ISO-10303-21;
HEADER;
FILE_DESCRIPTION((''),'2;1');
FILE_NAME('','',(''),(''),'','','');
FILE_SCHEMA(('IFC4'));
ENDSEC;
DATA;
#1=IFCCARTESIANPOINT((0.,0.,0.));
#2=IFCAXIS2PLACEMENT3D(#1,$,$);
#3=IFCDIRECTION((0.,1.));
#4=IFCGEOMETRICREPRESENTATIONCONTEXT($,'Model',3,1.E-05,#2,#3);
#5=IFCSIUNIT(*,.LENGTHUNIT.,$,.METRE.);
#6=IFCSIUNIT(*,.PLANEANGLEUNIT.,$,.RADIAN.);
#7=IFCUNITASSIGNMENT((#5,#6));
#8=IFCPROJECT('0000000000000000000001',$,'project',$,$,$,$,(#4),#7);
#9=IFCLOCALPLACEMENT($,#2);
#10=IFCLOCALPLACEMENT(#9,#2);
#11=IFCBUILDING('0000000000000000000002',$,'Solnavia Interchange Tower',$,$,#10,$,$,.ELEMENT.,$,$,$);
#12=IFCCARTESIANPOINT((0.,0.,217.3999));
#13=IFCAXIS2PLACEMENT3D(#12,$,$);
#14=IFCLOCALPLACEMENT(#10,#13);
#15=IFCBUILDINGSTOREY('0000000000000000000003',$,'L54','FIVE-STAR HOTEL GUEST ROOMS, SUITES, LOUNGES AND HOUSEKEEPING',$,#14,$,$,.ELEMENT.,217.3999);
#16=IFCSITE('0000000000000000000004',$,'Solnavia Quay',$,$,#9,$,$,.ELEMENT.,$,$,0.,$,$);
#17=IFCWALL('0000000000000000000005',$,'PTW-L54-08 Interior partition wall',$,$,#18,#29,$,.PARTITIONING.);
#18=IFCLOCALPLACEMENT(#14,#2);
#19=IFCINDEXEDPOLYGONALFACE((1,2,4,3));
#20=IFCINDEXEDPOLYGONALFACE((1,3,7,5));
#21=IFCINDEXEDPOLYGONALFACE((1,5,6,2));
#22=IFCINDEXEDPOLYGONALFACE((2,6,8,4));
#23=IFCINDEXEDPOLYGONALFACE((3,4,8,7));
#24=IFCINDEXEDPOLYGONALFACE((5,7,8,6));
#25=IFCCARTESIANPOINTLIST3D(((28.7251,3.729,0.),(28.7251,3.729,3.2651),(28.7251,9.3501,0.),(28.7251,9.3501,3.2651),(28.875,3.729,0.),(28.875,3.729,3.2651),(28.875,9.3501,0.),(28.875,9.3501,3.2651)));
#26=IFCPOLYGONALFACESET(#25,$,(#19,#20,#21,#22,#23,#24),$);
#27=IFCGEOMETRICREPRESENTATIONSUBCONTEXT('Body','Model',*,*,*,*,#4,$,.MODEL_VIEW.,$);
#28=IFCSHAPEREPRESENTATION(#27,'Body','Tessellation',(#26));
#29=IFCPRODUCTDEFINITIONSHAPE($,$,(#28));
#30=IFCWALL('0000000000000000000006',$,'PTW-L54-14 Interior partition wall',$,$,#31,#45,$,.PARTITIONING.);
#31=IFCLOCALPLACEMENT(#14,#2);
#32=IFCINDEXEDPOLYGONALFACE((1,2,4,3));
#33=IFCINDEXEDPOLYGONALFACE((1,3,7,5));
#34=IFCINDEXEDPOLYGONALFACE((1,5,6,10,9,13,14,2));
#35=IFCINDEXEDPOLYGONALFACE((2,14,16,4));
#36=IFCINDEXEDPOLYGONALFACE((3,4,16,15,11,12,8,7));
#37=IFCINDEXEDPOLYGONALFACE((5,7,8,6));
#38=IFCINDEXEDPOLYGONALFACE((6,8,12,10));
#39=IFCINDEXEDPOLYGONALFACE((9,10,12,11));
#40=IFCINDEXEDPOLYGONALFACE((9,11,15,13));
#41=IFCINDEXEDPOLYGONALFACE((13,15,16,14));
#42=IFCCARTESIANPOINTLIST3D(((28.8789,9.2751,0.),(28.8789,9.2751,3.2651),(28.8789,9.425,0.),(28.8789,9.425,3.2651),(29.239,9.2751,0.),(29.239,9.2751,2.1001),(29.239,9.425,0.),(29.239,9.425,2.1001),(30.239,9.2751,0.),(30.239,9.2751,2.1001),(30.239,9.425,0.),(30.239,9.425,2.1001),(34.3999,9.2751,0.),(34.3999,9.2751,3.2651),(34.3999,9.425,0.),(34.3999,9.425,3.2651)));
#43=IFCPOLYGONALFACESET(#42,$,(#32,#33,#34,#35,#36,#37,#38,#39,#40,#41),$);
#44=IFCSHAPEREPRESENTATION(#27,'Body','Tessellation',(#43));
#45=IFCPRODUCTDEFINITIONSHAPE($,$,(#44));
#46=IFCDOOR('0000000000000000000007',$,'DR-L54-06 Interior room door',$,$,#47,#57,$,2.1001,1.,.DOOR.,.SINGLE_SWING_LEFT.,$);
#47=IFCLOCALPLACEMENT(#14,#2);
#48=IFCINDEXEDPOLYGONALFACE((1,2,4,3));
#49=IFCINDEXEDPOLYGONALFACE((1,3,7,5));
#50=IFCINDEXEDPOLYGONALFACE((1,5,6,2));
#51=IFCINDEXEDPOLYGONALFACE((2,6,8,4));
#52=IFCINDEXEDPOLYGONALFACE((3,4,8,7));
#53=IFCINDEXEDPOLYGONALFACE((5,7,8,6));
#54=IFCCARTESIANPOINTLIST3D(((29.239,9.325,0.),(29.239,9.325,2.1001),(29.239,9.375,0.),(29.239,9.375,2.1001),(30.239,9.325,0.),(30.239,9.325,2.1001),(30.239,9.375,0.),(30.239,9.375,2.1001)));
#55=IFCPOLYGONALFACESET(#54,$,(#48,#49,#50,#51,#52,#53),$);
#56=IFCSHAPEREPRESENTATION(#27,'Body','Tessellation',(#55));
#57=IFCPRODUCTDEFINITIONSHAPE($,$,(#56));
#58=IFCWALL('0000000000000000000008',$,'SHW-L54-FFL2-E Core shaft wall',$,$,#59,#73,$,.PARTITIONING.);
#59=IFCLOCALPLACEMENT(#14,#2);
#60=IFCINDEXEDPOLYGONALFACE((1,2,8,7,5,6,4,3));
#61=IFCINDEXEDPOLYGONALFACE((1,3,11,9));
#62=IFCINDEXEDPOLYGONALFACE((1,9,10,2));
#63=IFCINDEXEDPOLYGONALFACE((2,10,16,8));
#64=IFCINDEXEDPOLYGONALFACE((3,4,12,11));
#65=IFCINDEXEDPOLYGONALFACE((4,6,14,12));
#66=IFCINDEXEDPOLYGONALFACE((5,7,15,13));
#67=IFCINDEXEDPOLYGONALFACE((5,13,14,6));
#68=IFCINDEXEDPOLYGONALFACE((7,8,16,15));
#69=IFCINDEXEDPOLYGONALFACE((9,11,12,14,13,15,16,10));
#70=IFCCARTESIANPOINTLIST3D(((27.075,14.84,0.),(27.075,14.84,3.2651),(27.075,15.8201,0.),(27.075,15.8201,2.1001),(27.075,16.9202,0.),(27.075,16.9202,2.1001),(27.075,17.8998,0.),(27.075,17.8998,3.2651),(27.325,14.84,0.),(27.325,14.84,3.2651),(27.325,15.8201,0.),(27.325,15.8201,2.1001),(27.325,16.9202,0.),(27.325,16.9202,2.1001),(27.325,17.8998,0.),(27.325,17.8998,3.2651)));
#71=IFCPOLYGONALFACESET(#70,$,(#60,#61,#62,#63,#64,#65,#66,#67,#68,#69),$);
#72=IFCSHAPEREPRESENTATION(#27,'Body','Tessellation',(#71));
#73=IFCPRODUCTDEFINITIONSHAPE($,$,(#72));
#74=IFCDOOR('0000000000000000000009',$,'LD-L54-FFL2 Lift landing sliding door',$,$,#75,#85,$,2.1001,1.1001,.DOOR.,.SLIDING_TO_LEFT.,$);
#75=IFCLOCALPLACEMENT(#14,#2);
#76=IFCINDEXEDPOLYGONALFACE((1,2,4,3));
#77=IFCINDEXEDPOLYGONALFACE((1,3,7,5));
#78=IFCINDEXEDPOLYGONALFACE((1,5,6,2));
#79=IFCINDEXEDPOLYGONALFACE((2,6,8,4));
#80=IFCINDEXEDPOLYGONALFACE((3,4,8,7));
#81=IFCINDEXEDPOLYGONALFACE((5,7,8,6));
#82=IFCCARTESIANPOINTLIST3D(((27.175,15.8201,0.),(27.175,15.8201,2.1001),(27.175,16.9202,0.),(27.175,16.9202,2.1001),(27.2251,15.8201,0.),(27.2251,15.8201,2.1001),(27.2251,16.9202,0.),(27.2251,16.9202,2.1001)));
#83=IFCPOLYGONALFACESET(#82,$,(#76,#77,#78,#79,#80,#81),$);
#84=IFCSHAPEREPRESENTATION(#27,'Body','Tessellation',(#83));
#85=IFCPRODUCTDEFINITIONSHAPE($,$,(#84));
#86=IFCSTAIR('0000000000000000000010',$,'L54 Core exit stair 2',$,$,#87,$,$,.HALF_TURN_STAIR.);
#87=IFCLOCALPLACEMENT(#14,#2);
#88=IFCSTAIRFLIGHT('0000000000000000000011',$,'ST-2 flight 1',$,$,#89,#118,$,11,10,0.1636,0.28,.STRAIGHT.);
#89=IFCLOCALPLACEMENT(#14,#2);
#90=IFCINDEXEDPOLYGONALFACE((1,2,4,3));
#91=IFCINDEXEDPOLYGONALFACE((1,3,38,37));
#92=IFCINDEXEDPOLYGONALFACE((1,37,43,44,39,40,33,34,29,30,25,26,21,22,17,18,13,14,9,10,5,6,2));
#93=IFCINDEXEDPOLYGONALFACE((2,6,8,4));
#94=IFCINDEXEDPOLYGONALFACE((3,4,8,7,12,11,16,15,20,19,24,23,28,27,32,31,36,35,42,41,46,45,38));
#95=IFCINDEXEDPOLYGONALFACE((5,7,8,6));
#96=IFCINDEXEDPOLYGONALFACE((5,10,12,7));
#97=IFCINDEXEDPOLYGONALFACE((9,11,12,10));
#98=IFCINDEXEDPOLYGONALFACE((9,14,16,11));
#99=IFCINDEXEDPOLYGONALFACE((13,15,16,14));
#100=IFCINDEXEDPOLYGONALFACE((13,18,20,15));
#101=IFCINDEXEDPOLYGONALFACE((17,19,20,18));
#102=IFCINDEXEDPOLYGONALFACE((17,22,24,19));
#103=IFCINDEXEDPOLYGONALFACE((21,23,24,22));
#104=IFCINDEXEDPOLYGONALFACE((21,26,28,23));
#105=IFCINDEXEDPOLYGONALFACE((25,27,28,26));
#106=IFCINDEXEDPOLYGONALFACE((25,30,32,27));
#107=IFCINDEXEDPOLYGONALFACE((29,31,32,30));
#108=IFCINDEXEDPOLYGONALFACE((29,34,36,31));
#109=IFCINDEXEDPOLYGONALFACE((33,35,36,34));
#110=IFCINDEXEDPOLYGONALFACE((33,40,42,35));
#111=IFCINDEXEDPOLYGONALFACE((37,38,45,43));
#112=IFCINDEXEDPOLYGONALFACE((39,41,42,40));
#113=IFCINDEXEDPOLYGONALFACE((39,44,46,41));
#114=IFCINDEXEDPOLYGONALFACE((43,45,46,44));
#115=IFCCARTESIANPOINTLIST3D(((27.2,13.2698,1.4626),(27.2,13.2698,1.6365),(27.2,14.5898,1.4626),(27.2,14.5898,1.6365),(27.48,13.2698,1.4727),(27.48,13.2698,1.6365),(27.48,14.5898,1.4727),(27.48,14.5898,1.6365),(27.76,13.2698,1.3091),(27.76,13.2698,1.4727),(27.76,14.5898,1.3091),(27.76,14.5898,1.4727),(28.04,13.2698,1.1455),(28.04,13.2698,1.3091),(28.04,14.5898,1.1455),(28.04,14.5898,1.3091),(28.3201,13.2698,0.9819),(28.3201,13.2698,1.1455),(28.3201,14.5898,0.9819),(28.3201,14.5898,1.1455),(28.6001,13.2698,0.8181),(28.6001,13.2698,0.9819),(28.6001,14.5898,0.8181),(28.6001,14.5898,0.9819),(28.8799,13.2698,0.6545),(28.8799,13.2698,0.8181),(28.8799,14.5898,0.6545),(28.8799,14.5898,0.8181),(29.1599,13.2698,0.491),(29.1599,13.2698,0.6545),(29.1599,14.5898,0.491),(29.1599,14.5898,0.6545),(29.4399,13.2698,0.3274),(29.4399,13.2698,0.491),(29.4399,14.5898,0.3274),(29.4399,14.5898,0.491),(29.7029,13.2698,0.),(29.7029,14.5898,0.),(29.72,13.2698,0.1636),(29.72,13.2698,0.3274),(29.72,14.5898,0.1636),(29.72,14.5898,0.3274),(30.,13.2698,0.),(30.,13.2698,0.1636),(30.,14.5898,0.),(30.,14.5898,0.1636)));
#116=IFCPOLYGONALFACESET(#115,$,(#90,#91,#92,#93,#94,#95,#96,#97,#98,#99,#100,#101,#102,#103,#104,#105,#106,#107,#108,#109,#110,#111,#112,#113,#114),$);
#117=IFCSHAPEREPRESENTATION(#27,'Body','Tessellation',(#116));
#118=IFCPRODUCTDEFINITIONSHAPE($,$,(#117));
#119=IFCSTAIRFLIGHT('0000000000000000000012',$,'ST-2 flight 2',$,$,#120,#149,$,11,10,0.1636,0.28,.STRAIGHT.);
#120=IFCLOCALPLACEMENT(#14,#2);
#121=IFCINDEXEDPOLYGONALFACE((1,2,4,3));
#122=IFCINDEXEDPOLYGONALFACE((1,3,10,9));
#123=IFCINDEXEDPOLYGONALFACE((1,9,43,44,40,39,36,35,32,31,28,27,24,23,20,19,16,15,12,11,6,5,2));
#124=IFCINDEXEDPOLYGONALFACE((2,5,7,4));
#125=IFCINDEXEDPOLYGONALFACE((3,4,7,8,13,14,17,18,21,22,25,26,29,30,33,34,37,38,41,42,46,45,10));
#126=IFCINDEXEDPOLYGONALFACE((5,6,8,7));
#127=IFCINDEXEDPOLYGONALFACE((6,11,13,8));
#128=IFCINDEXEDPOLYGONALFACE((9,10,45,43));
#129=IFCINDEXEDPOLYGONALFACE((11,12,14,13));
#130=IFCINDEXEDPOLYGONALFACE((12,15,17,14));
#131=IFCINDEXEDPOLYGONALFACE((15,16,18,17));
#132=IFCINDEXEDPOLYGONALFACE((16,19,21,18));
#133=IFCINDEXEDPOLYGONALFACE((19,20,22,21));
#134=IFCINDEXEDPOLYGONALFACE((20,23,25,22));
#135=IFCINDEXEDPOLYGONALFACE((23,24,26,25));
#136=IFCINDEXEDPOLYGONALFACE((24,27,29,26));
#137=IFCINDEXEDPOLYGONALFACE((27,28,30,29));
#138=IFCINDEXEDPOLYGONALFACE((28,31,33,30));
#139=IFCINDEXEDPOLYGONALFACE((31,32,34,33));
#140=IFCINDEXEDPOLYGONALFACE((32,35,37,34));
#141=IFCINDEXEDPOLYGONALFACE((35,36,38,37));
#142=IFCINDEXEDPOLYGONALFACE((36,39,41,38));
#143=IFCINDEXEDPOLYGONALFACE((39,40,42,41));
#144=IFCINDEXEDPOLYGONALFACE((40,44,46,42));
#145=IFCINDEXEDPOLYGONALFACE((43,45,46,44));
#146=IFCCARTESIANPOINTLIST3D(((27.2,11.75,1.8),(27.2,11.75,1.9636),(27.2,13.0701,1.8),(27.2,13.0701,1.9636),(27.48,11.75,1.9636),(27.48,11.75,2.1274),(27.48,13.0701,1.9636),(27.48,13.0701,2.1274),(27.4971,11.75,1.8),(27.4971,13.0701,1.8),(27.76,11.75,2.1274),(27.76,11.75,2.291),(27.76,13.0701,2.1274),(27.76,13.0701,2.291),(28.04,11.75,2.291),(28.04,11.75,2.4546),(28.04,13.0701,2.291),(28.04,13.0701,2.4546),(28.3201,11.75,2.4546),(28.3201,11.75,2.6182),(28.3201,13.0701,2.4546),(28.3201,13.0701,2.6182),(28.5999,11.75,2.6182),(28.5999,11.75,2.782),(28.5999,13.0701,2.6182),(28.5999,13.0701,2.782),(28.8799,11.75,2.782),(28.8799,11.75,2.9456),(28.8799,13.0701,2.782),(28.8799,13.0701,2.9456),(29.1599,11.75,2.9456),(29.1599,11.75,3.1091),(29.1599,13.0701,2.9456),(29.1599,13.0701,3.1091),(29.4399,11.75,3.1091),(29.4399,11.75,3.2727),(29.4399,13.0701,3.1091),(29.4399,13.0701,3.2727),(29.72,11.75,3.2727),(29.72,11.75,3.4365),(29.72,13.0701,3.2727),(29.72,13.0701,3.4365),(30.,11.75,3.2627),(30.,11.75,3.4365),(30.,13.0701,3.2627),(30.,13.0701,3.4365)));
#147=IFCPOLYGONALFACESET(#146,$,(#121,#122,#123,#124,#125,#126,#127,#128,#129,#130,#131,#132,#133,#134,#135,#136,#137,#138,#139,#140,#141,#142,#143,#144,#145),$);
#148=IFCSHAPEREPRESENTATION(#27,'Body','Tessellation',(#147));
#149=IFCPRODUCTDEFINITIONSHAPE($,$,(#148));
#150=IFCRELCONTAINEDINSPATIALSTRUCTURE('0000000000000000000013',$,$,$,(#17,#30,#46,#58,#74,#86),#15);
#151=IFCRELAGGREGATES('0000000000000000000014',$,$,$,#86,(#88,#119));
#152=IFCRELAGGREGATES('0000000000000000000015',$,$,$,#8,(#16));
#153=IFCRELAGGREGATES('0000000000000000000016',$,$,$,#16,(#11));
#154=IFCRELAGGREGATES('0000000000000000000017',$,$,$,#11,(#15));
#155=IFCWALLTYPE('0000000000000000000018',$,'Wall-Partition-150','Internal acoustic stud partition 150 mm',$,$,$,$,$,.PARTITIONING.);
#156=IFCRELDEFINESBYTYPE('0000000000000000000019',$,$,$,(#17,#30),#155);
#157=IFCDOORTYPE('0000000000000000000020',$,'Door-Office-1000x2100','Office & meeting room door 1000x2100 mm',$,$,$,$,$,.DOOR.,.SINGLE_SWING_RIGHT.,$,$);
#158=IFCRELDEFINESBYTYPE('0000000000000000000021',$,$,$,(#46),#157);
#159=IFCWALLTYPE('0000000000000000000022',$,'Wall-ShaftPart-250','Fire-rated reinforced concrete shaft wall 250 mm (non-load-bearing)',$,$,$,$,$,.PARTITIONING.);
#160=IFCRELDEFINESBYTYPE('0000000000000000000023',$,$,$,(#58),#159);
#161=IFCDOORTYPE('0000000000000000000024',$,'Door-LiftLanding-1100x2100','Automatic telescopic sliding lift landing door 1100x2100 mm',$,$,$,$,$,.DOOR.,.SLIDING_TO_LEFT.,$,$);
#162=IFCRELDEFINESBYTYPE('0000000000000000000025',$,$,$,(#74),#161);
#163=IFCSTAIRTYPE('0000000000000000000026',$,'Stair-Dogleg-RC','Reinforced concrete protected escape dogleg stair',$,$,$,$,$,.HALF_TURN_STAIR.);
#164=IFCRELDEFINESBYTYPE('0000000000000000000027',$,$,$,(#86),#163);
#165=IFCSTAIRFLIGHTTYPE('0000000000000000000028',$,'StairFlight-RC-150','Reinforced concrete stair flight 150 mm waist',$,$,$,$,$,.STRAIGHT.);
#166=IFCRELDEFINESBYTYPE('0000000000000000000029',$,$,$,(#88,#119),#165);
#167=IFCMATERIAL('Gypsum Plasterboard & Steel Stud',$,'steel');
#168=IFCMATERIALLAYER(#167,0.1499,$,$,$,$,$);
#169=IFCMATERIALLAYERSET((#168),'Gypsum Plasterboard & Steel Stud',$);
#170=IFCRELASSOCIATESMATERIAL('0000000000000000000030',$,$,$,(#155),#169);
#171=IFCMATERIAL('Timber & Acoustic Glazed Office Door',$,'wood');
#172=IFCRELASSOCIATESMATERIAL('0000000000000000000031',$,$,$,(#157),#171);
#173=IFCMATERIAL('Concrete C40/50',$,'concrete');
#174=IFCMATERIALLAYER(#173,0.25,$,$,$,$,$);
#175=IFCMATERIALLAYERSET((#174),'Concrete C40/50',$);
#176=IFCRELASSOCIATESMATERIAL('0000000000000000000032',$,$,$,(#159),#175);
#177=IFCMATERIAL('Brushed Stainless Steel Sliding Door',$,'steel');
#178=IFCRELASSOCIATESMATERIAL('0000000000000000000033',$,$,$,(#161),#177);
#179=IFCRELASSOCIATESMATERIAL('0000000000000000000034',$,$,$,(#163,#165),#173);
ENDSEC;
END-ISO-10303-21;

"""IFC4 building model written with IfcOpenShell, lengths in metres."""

from ifc_helpers import new_model, si_unit, direction, frame, frame_2d, origin, place, context, subcontext, project, spatial, polyline, rectangle, outline, extrude, material, layer, layer_set, type_object, element, fill, aggregate, save


model = new_model("IFC4")

# Units and contexts
model_context = context("Model", 3, precision=1e-05, world=origin(), true_north=direction((0.0, 1.0)))
body_context = subcontext(model_context, "Body", "Model", "MODEL_VIEW")
ifc_project = project(units=[si_unit("LENGTHUNIT", "METRE"), si_unit("PLANEANGLEUNIT", "RADIAN")], contexts=[model_context])

# Site, building, storey
site_placement = place(None, origin())
site = spatial("IfcSite", under=ifc_project, at=site_placement, Name="Solnavia Quay", CompositionType="ELEMENT", RefElevation=0.0)
building_placement = place(site_placement, origin())
building = spatial("IfcBuilding", under=site, at=building_placement, Name="Solnavia Interchange Tower", CompositionType="ELEMENT")
storey_placement = place(building_placement, frame((0.0, 0.0, 217.3999)))
storey = spatial("IfcBuildingStorey", under=building, at=storey_placement, Name="L54", Description="FIVE-STAR HOTEL GUEST ROOMS, SUITES, LOUNGES AND HOUSEKEEPING", CompositionType="ELEMENT", Elevation=217.3999)

# Shared definitions
ifc_material_1 = material(Name="Concrete C40/50", Category="concrete")

# Wall
ifc_material_2 = material(Name="Gypsum Plasterboard & Steel Stud", Category="steel")
ifc_layer_1 = layer(ifc_material_2, 0.1499)
ifc_layer_set_1 = layer_set([ifc_layer_1], Name="Gypsum Plasterboard & Steel Stud")
wall_type_1 = type_object("IfcWallType", Name="Wall-Partition-150", Description="Internal acoustic stud partition 150 mm", PredefinedType="PARTITIONING", material=ifc_layer_set_1)
wall_1_placement = place(storey_placement, frame((28.8, 9.3501, 0.0), z_axis=(0.0, 0.0, 1.0), x_axis=(0.0, -1.0, 0.0)))
element("IfcWall", 1, at=wall_1_placement, inside=storey, type_object=wall_type_1, Name="PTW-L54-08 Interior partition wall", PredefinedType="PARTITIONING", context=body_context, shape_type="SweptSolid", body=[
    extrude(rectangle(XDim=5.6211, YDim=0.1499, at=frame_2d((2.8105, 0.0))), origin(), (0.0, 0.0, 1.0), 3.2651),
])

# Walls, openings, doors
wall_2_placement = place(storey_placement, frame((28.8789, 9.3501, 0.0), z_axis=(0.0, 0.0, 1.0), x_axis=(1.0, 0.0, 0.0)))
wall_2 = element("IfcWall", 2, at=wall_2_placement, inside=storey, type_object=wall_type_1, Name="PTW-L54-14 Interior partition wall", PredefinedType="PARTITIONING", context=body_context, shape_type="SweptSolid", body=[
    extrude(rectangle(XDim=5.521, YDim=0.1499, at=frame_2d((2.7605, 0.0))), origin(), (0.0, 0.0, 1.0), 3.2651),
])
opening_1_placement = place(wall_2_placement, frame((0.3601, 0.0, 0.0)))
opening_1 = element("IfcOpeningElement", 3, at=opening_1_placement, cuts=wall_2, PredefinedType="OPENING", context=body_context, shape_type="SweptSolid", body=[
    extrude(rectangle(XDim=1.0, YDim=2.1001, at=frame_2d((0.5, 1.05))), frame((0.0, 0.085, 0.0), z_axis=(0.0, -1.0, 0.0), x_axis=(1.0, 0.0, 0.0)), (0.0, 0.0, 1.0), 0.1699),
])
ifc_material_3 = material(Name="Timber & Acoustic Glazed Office Door", Category="wood")
door_type_1 = type_object("IfcDoorType", Name="Door-Office-1000x2100", Description="Office & meeting room door 1000x2100 mm", OperationType="SINGLE_SWING_RIGHT", PredefinedType="DOOR", material=ifc_material_3)
door_1_placement = place(opening_1_placement, origin())
door_1 = element("IfcDoor", 4, at=door_1_placement, inside=storey, type_object=door_type_1, Name="DR-L54-06 Interior room door", OperationType="SINGLE_SWING_LEFT", OverallHeight=2.1001, OverallWidth=1.0, PredefinedType="DOOR", context=body_context, shape_type="SweptSolid", body=[
    extrude(rectangle(XDim=1.0, YDim=2.1001, at=frame_2d((0.5, 1.05))), frame((0.0, 0.0249, 0.0), z_axis=(0.0, -1.0, 0.0), x_axis=(1.0, 0.0, 0.0)), (0.0, 0.0, 1.0), 0.05),
])
fill(opening_1, door_1)
ifc_layer_2 = layer(ifc_material_1, 0.25)
ifc_layer_set_2 = layer_set([ifc_layer_2], Name="Concrete C40/50")
wall_type_2 = type_object("IfcWallType", Name="Wall-ShaftPart-250", Description="Fire-rated reinforced concrete shaft wall 250 mm (non-load-bearing)", PredefinedType="PARTITIONING", material=ifc_layer_set_2)
wall_3_placement = place(storey_placement, frame((27.2, 14.8401, 0.0), z_axis=(0.0, 0.0, 1.0), x_axis=(0.0, 1.0, 0.0)))
wall_3 = element("IfcWall", 5, at=wall_3_placement, inside=storey, type_object=wall_type_2, Name="SHW-L54-FFL2-E Core shaft wall", PredefinedType="PARTITIONING", context=body_context, shape_type="SweptSolid", body=[
    extrude(rectangle(XDim=3.0598, YDim=0.25, at=frame_2d((1.5298, 0.0))), origin(), (0.0, 0.0, 1.0), 3.2651),
])
opening_2_placement = place(wall_3_placement, frame((0.98, 0.0, 0.0)))
opening_2 = element("IfcOpeningElement", 6, at=opening_2_placement, cuts=wall_3, PredefinedType="OPENING", context=body_context, shape_type="SweptSolid", body=[
    extrude(rectangle(XDim=1.1001, YDim=2.1001, at=frame_2d((0.55, 1.05))), frame((0.0, 0.135, 0.0), z_axis=(0.0, -1.0, 0.0), x_axis=(1.0, 0.0, 0.0)), (0.0, 0.0, 1.0), 0.27),
])
ifc_material_4 = material(Name="Brushed Stainless Steel Sliding Door", Category="steel")
door_type_2 = type_object("IfcDoorType", Name="Door-LiftLanding-1100x2100", Description="Automatic telescopic sliding lift landing door 1100x2100 mm", OperationType="SLIDING_TO_LEFT", PredefinedType="DOOR", material=ifc_material_4)
door_2_placement = place(opening_2_placement, origin())
door_2 = element("IfcDoor", 7, at=door_2_placement, inside=storey, type_object=door_type_2, Name="LD-L54-FFL2 Lift landing sliding door", OperationType="SLIDING_TO_LEFT", OverallHeight=2.1001, OverallWidth=1.1001, PredefinedType="DOOR", context=body_context, shape_type="SweptSolid", body=[
    extrude(rectangle(XDim=1.1001, YDim=2.1001, at=frame_2d((0.55, 1.05))), frame((0.0, 0.0249, 0.0), z_axis=(0.0, -1.0, 0.0), x_axis=(1.0, 0.0, 0.0)), (0.0, 0.0, 1.0), 0.05),
])
fill(opening_2, door_2)

# Stair, stair flights
stair_type = type_object("IfcStairType", Name="Stair-Dogleg-RC", Description="Reinforced concrete protected escape dogleg stair", PredefinedType="HALF_TURN_STAIR", material=ifc_material_1)
stair_placement = place(storey_placement, origin())
stair = element("IfcStair", 8, at=stair_placement, inside=storey, type_object=stair_type, Name="L54 Core exit stair 2", PredefinedType="HALF_TURN_STAIR")
stair_flight_type = type_object("IfcStairFlightType", Name="StairFlight-RC-150", Description="Reinforced concrete stair flight 150 mm waist", PredefinedType="STRAIGHT", material=ifc_material_1)
stair_flight_1_placement = place(storey_placement, frame((30.0, 13.9299, 0.0), z_axis=(0.0, 0.0, 1.0), x_axis=(-1.0, 0.0, 0.0)))
stair_flight_1 = element("IfcStairFlight", 9, at=stair_flight_1_placement, type_object=stair_flight_type, Name="ST-2 flight 1", NumberOfRisers=11, NumberOfTreads=10, PredefinedType="STRAIGHT", RiserHeight=0.1636, TreadLength=0.28, context=body_context, shape_type="SweptSolid", body=[
    extrude(outline(polyline([(0.0, 0.0), (0.0, 0.1636), (0.28, 0.1636), (0.28, 0.3274), (0.5601, 0.3274), (0.5601, 0.491), (0.8401, 0.491), (0.8401, 0.6545), (1.1201, 0.6545), (1.1201, 0.8181), (1.3999, 0.8181), (1.3999, 0.9819), (1.6799, 0.9819), (1.6799, 1.1455), (1.96, 1.1455), (1.96, 1.3091), (2.24, 1.3091), (2.24, 1.4727), (2.52, 1.4727), (2.52, 1.6365), (2.8, 1.6365), (2.8, 1.8), (2.8, 1.4626), (0.2971, 0.0), (0.0, 0.0)])), frame((0.0, 0.6602, 0.0), z_axis=(0.0, -1.0, 0.0), x_axis=(1.0, 0.0, 0.0)), (0.0, 0.0, 1.0), 1.3201),
])
stair_flight_2_placement = place(storey_placement, frame((27.2, 12.4099, 1.8), z_axis=(0.0, 0.0, 1.0), x_axis=(1.0, 0.0, 0.0)))
stair_flight_2 = element("IfcStairFlight", 10, at=stair_flight_2_placement, type_object=stair_flight_type, Name="ST-2 flight 2", NumberOfRisers=11, NumberOfTreads=10, PredefinedType="STRAIGHT", RiserHeight=0.1636, TreadLength=0.28, context=body_context, shape_type="SweptSolid", body=[
    extrude(outline(polyline([(0.0, 0.0), (0.0, 0.1636), (0.28, 0.1636), (0.28, 0.3274), (0.5601, 0.3274), (0.5601, 0.491), (0.8401, 0.491), (0.8401, 0.6545), (1.1201, 0.6545), (1.1201, 0.8181), (1.3999, 0.8181), (1.3999, 0.9819), (1.6799, 0.9819), (1.6799, 1.1455), (1.96, 1.1455), (1.96, 1.3091), (2.24, 1.3091), (2.24, 1.4727), (2.52, 1.4727), (2.52, 1.6365), (2.8, 1.6365), (2.8, 1.8), (2.8, 1.4626), (0.2971, 0.0), (0.0, 0.0)])), frame((0.0, 0.6602, 0.0), z_axis=(0.0, -1.0, 0.0), x_axis=(1.0, 0.0, 0.0)), (0.0, 0.0, 1.0), 1.3201),
])
aggregate(stair, [stair_flight_1, stair_flight_2])

save(model, "model.ifc")
